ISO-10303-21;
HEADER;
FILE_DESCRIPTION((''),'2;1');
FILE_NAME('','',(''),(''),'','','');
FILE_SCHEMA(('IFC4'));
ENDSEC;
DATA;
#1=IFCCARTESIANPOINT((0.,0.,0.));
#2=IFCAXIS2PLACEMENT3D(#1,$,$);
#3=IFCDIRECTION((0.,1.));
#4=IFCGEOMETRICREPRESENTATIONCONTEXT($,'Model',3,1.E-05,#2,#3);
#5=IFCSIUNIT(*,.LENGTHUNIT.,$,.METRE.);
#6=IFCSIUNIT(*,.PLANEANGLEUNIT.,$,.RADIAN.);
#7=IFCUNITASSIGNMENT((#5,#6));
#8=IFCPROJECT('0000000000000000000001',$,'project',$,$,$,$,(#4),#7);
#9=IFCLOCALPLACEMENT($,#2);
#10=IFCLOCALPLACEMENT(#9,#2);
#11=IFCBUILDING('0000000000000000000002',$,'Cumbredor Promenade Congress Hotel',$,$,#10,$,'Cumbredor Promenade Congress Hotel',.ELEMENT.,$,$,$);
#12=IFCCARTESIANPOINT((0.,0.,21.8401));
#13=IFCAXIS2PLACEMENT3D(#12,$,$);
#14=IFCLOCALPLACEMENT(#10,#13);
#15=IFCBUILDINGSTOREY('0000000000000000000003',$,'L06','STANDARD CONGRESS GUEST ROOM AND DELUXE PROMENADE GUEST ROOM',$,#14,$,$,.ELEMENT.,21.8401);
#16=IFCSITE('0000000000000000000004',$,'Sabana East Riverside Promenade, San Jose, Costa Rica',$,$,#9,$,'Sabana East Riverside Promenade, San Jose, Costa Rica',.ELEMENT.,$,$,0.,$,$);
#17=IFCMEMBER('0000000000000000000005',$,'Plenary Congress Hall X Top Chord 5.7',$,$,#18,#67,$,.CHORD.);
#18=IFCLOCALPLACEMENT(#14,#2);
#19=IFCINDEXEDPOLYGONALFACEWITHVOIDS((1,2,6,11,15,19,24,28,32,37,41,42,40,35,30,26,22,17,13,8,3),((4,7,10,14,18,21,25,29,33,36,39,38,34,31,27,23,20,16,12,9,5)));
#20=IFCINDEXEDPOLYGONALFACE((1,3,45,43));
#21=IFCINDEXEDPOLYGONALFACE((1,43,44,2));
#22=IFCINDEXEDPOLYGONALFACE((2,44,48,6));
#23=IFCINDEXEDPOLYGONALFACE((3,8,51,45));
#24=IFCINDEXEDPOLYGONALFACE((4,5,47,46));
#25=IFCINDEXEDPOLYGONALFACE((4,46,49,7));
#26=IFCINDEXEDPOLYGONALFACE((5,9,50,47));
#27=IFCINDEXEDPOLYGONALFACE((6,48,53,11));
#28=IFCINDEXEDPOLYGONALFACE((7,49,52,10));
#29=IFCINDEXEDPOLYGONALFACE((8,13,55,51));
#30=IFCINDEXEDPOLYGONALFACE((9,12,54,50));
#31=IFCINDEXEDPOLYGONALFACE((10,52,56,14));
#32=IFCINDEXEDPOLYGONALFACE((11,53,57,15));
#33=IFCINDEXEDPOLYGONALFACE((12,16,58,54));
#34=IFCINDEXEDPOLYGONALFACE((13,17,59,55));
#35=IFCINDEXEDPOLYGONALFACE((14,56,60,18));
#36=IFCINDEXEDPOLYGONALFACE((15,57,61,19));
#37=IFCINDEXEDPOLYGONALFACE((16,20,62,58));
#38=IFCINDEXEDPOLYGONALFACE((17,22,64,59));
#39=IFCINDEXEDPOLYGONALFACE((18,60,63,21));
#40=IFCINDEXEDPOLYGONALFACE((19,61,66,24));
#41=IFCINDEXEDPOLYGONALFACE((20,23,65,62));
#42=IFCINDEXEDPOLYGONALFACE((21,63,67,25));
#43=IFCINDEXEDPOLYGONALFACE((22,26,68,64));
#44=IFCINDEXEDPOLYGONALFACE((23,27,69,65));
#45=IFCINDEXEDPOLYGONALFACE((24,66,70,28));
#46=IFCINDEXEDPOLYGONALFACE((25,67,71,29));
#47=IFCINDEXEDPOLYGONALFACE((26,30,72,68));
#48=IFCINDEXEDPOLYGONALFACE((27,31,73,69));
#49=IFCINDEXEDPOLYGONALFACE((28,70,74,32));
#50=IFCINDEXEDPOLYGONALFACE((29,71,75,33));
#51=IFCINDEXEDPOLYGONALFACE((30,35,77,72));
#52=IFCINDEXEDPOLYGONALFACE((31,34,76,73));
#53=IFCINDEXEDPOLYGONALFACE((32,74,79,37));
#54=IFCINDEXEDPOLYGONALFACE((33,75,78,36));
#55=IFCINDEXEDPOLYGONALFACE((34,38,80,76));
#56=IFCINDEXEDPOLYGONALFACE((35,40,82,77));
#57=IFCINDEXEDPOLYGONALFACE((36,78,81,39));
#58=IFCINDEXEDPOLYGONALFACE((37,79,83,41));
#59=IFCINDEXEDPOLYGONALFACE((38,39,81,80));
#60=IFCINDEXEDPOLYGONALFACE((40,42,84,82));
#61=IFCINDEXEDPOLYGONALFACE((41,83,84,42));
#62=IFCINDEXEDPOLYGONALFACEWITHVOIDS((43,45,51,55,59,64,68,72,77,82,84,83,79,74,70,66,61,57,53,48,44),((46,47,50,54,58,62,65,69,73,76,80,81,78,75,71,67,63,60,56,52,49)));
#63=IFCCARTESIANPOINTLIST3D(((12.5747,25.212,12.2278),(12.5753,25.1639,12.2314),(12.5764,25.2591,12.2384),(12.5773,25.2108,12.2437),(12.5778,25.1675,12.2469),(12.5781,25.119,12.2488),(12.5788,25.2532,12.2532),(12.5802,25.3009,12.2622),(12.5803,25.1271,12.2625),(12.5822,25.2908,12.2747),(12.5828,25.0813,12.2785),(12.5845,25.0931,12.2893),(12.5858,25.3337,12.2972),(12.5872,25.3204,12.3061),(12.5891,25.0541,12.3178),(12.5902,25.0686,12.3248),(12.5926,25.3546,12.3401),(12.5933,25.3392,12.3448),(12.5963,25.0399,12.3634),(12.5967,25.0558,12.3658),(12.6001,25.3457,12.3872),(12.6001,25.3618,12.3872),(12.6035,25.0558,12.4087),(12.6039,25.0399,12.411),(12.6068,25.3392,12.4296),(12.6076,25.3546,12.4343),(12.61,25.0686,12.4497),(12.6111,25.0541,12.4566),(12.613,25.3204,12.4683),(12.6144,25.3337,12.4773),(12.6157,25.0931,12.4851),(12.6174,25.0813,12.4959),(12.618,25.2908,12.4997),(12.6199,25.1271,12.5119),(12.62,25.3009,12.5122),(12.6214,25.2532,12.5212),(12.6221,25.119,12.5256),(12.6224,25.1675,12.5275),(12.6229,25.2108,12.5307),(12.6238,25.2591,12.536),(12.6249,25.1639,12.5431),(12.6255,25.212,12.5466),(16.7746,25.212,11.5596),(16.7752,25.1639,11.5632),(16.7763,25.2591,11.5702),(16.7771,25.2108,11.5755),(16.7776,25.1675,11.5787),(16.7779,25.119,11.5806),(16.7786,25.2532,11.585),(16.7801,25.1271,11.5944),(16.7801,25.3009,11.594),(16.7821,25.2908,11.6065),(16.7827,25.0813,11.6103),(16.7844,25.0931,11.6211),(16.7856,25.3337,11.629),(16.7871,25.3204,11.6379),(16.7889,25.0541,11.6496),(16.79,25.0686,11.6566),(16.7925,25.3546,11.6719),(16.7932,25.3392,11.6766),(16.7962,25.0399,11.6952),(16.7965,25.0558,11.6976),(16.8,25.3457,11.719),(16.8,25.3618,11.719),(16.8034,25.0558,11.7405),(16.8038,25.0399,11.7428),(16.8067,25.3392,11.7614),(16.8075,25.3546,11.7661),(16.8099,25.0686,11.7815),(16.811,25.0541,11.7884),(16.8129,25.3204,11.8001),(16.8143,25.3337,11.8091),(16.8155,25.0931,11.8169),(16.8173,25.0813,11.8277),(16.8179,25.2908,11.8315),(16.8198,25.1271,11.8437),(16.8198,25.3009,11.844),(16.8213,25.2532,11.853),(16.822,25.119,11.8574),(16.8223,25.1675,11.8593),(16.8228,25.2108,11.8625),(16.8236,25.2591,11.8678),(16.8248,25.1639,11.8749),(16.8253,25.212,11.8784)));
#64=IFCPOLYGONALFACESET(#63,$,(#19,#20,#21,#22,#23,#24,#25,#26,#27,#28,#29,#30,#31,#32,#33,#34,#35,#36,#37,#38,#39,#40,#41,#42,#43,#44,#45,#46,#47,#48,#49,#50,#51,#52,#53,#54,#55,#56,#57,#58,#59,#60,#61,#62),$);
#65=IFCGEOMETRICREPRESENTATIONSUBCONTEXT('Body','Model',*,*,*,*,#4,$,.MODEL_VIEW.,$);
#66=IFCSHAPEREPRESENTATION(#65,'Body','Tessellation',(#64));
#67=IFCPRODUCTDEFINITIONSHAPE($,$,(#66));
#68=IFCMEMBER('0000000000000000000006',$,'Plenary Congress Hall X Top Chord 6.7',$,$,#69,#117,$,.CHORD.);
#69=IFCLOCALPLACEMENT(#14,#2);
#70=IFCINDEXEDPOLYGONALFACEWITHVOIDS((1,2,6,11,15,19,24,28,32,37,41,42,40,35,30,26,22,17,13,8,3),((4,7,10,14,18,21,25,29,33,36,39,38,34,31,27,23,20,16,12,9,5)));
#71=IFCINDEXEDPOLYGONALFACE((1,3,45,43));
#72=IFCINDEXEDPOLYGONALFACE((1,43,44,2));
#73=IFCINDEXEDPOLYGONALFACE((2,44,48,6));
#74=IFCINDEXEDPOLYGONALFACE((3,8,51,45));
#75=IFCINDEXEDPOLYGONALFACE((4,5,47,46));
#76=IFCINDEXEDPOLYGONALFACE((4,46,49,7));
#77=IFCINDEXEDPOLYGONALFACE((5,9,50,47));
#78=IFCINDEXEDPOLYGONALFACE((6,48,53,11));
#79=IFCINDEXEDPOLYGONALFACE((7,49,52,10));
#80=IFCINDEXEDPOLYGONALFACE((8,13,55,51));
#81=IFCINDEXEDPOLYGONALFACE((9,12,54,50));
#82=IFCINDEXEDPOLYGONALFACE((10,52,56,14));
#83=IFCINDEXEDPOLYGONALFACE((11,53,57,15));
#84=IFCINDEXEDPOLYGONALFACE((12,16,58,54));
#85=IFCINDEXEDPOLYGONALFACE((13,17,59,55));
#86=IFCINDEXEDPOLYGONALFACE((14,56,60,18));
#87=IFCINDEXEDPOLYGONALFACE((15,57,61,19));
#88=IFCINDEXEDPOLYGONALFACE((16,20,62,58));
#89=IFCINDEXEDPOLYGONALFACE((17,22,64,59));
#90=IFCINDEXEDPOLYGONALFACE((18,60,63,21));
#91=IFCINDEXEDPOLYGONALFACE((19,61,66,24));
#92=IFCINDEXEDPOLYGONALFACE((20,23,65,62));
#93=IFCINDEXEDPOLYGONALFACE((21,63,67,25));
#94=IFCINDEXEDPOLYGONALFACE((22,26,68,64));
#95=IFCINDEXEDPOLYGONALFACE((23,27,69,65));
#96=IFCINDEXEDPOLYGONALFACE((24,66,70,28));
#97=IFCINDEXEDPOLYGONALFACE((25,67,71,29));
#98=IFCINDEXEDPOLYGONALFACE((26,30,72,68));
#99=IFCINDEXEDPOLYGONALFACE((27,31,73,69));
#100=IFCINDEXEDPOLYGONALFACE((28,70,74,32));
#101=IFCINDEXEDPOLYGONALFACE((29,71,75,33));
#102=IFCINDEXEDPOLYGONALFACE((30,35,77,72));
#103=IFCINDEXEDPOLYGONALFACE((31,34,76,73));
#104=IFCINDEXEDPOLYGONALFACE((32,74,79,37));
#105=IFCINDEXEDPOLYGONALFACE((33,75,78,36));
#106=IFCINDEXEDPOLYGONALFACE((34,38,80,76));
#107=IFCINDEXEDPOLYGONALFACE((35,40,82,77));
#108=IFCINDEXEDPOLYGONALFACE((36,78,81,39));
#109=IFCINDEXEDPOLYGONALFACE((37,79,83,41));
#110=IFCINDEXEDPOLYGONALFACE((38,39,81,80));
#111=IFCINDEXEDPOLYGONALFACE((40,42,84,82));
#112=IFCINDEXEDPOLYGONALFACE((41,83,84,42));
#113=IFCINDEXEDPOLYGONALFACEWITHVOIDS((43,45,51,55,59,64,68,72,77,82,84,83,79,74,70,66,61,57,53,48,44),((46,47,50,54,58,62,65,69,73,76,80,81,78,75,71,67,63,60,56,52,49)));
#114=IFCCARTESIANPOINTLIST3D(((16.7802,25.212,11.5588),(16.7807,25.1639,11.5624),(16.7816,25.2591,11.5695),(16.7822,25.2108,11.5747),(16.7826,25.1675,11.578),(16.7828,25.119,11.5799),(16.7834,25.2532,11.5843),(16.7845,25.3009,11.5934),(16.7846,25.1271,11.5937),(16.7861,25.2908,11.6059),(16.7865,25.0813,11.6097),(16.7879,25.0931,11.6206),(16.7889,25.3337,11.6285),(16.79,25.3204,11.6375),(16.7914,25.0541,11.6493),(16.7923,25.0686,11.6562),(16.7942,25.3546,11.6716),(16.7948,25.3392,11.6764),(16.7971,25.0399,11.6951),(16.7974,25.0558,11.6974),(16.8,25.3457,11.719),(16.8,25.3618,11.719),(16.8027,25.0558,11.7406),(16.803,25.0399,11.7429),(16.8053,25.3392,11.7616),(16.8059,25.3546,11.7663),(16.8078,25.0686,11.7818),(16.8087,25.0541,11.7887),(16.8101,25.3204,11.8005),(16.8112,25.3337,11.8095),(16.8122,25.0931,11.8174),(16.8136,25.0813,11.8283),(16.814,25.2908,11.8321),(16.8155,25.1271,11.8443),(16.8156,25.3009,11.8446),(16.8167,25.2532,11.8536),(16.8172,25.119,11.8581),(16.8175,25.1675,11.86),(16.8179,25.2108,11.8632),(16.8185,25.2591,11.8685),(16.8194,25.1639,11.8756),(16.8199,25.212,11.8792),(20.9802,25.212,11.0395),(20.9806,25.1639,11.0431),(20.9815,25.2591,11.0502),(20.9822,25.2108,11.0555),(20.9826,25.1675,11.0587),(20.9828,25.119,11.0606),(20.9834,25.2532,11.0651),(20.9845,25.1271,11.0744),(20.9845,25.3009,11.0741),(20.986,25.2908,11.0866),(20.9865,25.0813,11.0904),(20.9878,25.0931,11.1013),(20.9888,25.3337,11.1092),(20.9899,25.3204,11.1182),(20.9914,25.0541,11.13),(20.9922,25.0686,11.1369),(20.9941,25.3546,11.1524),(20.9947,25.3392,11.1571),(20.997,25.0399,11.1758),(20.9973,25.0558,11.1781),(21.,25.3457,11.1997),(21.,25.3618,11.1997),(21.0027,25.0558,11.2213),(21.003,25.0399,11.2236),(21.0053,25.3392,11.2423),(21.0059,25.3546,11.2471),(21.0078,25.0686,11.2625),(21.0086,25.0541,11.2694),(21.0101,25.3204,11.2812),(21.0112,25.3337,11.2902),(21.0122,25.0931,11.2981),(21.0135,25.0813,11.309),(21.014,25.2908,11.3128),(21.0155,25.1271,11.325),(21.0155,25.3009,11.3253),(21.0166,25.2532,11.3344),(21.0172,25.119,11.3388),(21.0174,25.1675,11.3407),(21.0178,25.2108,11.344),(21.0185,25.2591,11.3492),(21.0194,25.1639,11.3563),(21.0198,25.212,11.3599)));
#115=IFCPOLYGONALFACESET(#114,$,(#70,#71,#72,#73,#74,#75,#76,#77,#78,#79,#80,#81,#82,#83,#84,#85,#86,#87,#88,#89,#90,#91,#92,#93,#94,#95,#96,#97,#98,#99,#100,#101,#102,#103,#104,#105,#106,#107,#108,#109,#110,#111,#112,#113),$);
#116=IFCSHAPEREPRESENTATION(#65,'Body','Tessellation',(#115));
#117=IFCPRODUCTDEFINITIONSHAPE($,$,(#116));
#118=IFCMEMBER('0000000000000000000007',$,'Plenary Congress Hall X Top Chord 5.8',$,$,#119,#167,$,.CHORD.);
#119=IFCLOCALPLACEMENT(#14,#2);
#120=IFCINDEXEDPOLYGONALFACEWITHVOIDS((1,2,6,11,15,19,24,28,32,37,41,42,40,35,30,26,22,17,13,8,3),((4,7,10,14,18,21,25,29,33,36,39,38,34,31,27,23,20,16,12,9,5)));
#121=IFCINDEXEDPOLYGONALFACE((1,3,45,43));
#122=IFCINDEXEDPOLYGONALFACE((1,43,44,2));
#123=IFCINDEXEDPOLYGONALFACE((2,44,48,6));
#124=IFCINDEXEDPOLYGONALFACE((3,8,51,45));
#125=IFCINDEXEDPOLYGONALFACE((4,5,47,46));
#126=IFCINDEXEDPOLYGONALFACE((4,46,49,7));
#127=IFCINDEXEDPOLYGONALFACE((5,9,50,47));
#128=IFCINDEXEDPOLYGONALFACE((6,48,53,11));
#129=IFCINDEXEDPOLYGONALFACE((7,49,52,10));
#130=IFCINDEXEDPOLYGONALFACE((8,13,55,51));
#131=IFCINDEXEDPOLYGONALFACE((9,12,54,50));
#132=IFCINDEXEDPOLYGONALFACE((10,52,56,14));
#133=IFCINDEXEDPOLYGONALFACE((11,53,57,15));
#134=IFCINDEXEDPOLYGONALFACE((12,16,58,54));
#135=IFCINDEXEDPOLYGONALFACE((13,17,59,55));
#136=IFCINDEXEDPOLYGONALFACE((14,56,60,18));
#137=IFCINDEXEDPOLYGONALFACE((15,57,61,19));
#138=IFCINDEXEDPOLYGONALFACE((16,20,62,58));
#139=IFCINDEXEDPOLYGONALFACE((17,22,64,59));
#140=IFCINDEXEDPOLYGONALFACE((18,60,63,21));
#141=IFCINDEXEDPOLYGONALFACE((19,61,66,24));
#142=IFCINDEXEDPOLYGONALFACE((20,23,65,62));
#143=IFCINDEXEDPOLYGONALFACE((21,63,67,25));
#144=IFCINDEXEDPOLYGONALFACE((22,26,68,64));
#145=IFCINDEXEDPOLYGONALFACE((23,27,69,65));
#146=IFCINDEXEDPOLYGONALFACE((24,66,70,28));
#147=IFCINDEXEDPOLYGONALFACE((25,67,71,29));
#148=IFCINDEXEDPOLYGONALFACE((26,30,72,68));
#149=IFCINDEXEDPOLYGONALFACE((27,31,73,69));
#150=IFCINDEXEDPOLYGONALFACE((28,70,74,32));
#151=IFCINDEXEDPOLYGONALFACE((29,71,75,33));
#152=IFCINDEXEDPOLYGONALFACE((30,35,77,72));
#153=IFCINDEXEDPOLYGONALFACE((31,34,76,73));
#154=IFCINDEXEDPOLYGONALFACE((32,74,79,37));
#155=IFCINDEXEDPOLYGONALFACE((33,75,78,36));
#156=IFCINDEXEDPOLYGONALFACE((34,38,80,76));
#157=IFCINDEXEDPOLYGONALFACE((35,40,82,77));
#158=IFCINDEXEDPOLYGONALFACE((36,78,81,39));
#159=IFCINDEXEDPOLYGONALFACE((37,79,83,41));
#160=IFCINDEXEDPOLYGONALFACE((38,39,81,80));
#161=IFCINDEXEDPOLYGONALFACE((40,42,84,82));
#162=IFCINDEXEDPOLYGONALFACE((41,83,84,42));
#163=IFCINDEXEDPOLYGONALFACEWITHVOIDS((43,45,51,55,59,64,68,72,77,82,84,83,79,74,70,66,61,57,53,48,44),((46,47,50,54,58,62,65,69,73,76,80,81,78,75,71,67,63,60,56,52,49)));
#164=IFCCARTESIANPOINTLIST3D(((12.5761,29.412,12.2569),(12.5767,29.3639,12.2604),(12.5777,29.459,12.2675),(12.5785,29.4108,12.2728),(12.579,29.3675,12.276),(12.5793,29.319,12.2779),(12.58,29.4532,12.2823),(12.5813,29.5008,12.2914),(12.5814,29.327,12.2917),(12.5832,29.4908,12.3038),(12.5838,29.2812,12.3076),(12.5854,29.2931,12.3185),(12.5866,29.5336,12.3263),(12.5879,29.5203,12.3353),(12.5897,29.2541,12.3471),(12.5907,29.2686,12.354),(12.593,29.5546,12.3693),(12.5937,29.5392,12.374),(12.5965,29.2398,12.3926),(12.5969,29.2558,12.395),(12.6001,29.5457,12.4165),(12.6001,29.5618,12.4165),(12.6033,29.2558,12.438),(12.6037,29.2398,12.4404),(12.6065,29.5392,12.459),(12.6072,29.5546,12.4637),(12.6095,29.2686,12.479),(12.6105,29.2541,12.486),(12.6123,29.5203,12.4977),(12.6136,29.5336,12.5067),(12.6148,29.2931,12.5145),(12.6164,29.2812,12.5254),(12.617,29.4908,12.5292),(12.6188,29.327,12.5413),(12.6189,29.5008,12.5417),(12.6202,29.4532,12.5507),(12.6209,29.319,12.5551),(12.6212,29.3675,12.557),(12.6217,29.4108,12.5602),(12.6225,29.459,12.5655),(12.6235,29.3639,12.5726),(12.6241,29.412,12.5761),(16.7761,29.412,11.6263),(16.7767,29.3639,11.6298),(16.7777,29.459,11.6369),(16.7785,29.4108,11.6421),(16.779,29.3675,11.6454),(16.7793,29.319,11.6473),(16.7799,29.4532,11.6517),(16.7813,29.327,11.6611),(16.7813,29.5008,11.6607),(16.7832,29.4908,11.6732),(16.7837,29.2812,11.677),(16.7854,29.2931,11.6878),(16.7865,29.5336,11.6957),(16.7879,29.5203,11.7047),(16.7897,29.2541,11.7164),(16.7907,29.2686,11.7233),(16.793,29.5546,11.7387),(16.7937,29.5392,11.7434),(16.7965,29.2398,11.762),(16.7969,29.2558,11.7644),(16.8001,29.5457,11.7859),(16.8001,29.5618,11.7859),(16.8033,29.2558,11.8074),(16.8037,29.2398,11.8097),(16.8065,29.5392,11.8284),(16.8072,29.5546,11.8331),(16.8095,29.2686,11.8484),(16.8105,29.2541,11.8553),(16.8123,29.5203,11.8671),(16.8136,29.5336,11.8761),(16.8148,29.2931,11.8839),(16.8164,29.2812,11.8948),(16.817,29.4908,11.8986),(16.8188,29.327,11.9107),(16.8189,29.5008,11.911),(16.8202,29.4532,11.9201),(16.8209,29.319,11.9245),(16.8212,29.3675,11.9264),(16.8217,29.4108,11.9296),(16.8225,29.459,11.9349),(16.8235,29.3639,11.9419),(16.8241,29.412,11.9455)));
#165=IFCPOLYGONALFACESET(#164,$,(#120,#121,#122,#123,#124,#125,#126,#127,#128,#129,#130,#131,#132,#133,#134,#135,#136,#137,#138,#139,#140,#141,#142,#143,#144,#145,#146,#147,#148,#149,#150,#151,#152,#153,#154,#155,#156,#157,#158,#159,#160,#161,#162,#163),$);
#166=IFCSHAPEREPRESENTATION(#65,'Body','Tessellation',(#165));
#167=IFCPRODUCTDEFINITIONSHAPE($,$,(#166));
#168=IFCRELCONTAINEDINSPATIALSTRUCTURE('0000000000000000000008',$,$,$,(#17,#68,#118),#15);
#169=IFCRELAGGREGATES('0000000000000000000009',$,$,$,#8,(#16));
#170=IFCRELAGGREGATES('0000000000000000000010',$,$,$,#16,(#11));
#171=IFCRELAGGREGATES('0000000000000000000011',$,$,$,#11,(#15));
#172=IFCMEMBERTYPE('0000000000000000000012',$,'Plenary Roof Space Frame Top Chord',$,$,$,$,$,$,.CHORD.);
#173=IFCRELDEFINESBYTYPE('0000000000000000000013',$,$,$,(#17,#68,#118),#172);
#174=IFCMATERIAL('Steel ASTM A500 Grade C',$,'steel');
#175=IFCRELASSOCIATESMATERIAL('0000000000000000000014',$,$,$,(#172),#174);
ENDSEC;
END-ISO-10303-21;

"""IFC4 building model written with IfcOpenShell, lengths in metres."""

from ifc_helpers import new_model, si_unit, direction, frame, origin, origin_2d, place, context, subcontext, project, spatial, hollow_circle, extrude, material, material_profile, profile_set, type_object, element, save


model = new_model("IFC4")

# Units and contexts
model_context = context("Model", 3, precision=1e-05, world=origin(), true_north=direction((0.0, 1.0)))
body_context = subcontext(model_context, "Body", "Model", "MODEL_VIEW")
ifc_project = project(units=[si_unit("LENGTHUNIT", "METRE"), si_unit("PLANEANGLEUNIT", "RADIAN")], contexts=[model_context])

# Site, building, storey
site_placement = place(None, origin())
site = spatial("IfcSite", under=ifc_project, at=site_placement, Name="Sabana East Riverside Promenade, San Jose, Costa Rica", LongName="Sabana East Riverside Promenade, San Jose, Costa Rica", CompositionType="ELEMENT", RefElevation=0.0)
building_placement = place(site_placement, origin())
building = spatial("IfcBuilding", under=site, at=building_placement, Name="Cumbredor Promenade Congress Hotel", LongName="Cumbredor Promenade Congress Hotel", CompositionType="ELEMENT")
storey_placement = place(building_placement, frame((0.0, 0.0, 21.8401)))
storey = spatial("IfcBuildingStorey", under=building, at=storey_placement, Name="L06", Description="STANDARD CONGRESS GUEST ROOM AND DELUXE PROMENADE GUEST ROOM", CompositionType="ELEMENT", Elevation=21.8401)

# Members
ifc_material_1 = material(Name="Steel ASTM A500 Grade C", Category="steel")
ifc_material_profile_1 = material_profile(ifc_material_1, hollow_circle(Radius=0.1619, WallThickness=0.0161, at=origin_2d()), Name="CHS 323.9x16")
ifc_profile_set_1 = profile_set([ifc_material_profile_1], Name="Steel ASTM A500 Grade C")
member_type_1 = type_object("IfcMemberType", Name="Plenary Roof Space Frame Top Chord", PredefinedType="CHORD", material=ifc_profile_set_1)
member_1_placement = place(storey_placement, frame((12.6001, 25.2, 12.3872), z_axis=(0.987579, 0.0, -0.157124), x_axis=(0.0, 1.0, 0.0)))
element("IfcMember", 1, at=member_1_placement, inside=storey, type_object=member_type_1, Name="Plenary Congress Hall X Top Chord 5.7", PredefinedType="CHORD", context=body_context, shape_type="SweptSolid", body=[
    extrude(hollow_circle(Radius=0.1619, WallThickness=0.0161, at=origin_2d()), origin(), (0.0, 0.0, 1.0), 4.2527),
])
member_2_placement = place(storey_placement, frame((16.8, 25.2, 11.719), z_axis=(0.992443, 0.0, -0.122707), x_axis=(0.0, 1.0, 0.0)))
element("IfcMember", 2, at=member_2_placement, inside=storey, type_object=member_type_1, Name="Plenary Congress Hall X Top Chord 6.7", PredefinedType="CHORD", context=body_context, shape_type="SweptSolid", body=[
    extrude(hollow_circle(Radius=0.1619, WallThickness=0.0161, at=origin_2d()), origin(), (0.0, 0.0, 1.0), 4.2319),
])
member_3_placement = place(storey_placement, frame((12.6001, 29.3999, 12.4165), z_axis=(0.988915, 0.0, -0.148484), x_axis=(0.0, 1.0, 0.0)))
element("IfcMember", 3, at=member_3_placement, inside=storey, type_object=member_type_1, Name="Plenary Congress Hall X Top Chord 5.8", PredefinedType="CHORD", context=body_context, shape_type="SweptSolid", body=[
    extrude(hollow_circle(Radius=0.1619, WallThickness=0.0161, at=origin_2d()), origin(), (0.0, 0.0, 1.0), 4.2471),
])

save(model, "model.ifc")
